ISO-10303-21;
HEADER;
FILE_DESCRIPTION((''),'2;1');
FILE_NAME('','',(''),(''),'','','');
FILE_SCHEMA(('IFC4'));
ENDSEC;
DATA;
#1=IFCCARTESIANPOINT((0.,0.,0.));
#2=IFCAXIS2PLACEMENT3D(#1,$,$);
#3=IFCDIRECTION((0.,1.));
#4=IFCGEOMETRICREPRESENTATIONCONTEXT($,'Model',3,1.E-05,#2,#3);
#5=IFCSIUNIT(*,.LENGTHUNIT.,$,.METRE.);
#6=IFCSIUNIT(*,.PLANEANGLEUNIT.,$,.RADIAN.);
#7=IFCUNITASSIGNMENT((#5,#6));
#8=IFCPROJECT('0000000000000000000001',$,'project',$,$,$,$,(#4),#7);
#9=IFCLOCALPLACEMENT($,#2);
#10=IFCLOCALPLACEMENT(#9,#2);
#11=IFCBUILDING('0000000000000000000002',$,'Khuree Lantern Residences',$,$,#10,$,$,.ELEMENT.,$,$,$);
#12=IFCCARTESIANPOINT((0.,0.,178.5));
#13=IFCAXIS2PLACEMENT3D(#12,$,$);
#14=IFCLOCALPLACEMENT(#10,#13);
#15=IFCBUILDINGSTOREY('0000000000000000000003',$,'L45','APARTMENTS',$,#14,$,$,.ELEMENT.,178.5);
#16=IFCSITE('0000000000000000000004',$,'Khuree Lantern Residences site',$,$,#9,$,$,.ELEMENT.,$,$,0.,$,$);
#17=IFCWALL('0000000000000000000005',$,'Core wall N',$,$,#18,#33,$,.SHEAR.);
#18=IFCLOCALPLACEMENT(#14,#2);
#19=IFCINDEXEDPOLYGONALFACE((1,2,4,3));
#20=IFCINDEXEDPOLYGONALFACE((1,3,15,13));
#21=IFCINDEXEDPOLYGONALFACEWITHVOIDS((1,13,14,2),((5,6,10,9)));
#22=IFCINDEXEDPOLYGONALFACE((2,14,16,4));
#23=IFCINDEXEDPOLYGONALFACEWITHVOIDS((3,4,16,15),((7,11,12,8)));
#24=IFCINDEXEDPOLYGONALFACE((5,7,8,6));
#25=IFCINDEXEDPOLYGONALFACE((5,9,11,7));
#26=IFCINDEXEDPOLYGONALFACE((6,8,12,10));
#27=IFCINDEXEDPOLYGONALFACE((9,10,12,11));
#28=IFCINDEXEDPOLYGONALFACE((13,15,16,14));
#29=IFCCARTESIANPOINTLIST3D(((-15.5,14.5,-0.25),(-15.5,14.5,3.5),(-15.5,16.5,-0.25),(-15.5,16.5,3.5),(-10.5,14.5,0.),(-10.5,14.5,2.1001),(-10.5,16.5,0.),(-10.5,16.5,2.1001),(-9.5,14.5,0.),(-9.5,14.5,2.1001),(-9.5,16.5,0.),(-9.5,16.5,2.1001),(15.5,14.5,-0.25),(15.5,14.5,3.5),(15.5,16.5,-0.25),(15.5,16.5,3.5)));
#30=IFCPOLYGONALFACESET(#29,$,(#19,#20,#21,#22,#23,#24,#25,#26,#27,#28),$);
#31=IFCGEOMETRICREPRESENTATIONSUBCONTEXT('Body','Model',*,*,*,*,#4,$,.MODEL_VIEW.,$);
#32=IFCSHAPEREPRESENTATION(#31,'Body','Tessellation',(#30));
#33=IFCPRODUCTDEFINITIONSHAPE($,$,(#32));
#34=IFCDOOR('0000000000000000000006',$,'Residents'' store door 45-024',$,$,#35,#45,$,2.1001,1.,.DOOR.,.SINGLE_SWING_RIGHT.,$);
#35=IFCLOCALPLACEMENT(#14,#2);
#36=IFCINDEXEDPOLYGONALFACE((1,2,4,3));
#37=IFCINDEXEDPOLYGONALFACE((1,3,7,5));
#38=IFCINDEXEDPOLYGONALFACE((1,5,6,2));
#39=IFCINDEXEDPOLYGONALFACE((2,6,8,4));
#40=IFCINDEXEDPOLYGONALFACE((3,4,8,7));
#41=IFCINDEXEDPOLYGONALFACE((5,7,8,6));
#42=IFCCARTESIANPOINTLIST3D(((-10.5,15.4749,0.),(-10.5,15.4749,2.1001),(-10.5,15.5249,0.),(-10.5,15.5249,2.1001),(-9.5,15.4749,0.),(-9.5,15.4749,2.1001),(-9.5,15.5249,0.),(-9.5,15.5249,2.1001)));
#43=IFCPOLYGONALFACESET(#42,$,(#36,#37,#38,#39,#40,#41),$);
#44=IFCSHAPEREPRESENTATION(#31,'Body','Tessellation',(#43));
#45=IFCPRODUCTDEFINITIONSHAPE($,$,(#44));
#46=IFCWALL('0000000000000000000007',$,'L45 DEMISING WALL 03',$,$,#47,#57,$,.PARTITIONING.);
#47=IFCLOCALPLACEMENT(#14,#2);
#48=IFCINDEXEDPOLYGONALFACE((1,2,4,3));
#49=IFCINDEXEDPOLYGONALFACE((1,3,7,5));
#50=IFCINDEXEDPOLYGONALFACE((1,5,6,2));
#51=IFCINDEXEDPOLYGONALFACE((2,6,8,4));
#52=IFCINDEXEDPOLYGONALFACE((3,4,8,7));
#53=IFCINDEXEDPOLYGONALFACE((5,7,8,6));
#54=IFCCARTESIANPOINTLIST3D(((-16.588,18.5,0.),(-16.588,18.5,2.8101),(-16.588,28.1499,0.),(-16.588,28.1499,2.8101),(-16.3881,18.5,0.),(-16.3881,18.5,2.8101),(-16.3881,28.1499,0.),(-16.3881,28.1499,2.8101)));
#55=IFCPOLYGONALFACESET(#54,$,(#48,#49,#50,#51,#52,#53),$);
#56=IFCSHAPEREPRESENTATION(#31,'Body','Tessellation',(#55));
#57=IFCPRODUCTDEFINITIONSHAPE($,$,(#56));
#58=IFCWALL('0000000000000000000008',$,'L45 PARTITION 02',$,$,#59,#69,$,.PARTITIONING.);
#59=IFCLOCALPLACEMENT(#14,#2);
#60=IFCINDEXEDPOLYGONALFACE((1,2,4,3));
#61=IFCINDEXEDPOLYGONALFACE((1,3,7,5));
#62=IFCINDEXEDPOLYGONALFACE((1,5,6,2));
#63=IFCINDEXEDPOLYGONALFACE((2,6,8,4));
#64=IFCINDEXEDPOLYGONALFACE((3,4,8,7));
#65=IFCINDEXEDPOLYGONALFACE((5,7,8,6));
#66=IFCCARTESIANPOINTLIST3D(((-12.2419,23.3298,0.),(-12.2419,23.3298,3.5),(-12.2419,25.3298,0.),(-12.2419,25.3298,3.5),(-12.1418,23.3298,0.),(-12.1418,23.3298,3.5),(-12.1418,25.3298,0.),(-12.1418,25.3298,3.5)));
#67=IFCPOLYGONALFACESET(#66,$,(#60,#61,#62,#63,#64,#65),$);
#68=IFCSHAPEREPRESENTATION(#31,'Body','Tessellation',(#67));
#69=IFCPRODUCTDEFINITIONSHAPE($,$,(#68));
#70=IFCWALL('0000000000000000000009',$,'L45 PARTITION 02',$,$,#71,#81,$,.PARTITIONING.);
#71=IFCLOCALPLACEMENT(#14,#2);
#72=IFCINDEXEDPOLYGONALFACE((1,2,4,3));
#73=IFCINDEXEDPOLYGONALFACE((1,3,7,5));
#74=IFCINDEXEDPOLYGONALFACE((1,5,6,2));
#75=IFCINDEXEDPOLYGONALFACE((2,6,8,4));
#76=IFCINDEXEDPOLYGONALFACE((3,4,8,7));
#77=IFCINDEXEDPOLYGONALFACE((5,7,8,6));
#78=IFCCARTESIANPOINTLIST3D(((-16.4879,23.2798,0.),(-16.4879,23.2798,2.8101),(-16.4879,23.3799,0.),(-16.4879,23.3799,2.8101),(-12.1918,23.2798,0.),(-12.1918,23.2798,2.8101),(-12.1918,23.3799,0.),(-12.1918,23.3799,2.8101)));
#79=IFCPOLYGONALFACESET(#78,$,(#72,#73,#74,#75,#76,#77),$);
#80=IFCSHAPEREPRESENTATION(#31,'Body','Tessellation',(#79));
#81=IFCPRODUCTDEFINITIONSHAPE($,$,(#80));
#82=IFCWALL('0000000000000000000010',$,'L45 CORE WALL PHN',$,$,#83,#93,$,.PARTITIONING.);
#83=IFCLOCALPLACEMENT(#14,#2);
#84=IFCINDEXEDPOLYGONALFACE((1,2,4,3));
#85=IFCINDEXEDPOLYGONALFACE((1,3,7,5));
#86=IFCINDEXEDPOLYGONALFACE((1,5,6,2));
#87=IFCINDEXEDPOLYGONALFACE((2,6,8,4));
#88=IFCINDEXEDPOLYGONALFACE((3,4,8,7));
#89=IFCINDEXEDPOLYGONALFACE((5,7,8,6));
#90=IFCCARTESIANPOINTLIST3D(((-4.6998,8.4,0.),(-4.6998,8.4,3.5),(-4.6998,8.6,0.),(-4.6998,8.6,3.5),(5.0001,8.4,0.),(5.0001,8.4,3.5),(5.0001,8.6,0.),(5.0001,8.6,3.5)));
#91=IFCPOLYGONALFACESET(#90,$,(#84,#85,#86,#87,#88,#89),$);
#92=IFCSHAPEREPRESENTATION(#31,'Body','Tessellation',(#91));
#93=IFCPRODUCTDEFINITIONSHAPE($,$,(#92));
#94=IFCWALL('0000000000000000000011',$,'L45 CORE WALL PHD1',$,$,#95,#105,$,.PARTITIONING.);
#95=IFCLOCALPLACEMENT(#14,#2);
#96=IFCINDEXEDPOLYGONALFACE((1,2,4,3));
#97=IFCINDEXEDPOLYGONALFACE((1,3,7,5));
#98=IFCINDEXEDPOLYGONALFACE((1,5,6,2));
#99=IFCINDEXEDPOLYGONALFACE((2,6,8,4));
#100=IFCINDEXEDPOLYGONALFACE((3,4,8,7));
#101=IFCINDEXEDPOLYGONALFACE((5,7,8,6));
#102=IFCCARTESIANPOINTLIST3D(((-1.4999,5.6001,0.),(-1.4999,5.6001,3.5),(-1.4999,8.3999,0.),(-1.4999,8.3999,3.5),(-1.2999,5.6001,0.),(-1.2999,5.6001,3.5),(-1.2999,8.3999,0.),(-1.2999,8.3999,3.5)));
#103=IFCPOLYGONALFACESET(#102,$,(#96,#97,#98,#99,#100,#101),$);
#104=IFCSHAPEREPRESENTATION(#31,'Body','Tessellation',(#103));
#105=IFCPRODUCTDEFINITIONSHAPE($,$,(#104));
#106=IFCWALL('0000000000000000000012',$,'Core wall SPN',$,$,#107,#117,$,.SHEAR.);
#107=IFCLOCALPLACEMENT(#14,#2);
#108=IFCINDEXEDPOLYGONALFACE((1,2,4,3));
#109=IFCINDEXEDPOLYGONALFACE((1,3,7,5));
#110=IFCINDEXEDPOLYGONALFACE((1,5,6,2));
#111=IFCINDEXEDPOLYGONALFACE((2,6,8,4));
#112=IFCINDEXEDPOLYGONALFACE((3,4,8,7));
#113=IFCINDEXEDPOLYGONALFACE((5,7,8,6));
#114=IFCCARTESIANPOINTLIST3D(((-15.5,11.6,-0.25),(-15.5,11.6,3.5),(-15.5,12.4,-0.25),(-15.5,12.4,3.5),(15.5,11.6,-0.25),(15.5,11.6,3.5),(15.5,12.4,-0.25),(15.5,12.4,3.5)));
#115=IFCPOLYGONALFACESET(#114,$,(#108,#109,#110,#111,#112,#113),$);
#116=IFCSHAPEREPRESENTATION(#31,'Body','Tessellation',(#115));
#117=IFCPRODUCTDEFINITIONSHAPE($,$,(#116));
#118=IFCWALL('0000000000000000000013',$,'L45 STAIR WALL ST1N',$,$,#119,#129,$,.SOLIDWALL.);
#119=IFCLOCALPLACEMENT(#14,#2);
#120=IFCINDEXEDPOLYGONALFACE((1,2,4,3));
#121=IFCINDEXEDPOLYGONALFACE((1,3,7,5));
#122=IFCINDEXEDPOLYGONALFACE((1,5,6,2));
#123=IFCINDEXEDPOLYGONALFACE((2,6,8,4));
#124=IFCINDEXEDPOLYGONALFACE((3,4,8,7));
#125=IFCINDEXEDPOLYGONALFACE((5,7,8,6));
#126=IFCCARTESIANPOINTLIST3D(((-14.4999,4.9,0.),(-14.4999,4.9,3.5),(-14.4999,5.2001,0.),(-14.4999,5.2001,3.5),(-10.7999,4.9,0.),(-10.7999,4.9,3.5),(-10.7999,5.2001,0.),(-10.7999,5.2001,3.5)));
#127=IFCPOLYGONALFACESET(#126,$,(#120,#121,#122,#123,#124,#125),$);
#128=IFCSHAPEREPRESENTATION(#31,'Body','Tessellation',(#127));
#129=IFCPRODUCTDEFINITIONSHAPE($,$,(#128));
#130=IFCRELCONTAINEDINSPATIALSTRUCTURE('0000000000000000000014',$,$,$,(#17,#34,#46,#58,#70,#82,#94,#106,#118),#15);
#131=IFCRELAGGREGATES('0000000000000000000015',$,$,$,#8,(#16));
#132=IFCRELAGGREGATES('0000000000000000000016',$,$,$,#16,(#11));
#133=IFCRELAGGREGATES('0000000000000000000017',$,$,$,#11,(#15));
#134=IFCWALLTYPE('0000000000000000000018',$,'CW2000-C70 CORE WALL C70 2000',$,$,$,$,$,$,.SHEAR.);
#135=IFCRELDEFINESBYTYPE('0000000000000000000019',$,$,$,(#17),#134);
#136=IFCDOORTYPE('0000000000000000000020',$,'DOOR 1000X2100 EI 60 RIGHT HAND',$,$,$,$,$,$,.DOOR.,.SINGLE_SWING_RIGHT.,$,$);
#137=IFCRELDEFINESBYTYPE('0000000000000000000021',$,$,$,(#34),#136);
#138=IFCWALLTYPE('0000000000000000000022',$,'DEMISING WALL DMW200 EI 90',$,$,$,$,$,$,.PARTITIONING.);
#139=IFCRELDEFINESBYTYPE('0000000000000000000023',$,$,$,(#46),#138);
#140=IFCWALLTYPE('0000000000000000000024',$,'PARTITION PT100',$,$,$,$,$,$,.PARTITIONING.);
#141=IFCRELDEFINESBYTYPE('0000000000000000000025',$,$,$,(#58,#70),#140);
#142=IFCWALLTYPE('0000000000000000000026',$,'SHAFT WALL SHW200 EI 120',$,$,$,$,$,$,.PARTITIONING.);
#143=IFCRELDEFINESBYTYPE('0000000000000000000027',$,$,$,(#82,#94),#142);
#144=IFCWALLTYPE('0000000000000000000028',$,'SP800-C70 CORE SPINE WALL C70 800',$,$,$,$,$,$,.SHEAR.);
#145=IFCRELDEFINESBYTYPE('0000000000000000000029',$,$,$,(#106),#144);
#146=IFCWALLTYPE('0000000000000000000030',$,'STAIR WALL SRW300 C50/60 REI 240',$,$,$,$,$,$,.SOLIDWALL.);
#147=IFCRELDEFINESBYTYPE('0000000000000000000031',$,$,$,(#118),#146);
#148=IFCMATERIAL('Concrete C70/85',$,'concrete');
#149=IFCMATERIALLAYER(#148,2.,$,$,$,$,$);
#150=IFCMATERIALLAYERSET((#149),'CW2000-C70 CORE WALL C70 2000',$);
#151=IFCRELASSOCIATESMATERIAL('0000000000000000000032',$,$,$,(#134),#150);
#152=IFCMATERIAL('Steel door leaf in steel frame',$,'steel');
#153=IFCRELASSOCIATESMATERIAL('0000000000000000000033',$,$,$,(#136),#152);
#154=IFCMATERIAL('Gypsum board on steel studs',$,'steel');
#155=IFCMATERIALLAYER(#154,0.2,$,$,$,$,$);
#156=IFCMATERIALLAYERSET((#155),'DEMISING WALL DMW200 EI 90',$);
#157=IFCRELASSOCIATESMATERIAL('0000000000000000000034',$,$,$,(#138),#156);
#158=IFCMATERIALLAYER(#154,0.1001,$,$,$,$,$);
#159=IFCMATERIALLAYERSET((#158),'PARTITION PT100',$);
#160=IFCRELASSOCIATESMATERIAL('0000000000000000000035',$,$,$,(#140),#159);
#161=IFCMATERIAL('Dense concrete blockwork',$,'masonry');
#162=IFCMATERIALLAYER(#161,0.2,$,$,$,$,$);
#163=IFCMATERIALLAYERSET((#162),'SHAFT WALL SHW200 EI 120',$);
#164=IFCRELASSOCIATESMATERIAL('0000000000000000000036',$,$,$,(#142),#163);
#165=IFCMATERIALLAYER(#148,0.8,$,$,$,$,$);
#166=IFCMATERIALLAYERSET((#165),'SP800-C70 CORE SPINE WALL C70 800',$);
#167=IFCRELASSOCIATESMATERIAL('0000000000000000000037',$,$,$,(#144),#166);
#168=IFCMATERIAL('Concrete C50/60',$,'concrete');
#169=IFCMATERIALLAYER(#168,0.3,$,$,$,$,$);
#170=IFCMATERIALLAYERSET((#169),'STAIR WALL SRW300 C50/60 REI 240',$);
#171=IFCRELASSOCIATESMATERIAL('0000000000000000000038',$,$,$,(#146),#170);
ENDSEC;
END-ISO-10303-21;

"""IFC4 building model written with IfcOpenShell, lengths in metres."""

from ifc_helpers import new_model, si_unit, direction, frame, frame_2d, origin, place, context, subcontext, project, spatial, rectangle, extrude, material, layer, layer_set, type_object, element, fill, save


model = new_model("IFC4")

# Units and contexts
model_context = context("Model", 3, precision=1e-05, world=origin(), true_north=direction((0.0, 1.0)))
body_context = subcontext(model_context, "Body", "Model", "MODEL_VIEW")
ifc_project = project(units=[si_unit("LENGTHUNIT", "METRE"), si_unit("PLANEANGLEUNIT", "RADIAN")], contexts=[model_context])

# Site, building, storey
site_placement = place(None, origin())
site = spatial("IfcSite", under=ifc_project, at=site_placement, Name="Khuree Lantern Residences site", CompositionType="ELEMENT", RefElevation=0.0)
building_placement = place(site_placement, origin())
building = spatial("IfcBuilding", under=site, at=building_placement, Name="Khuree Lantern Residences", CompositionType="ELEMENT")
storey_placement = place(building_placement, frame((0.0, 0.0, 178.5)))
storey = spatial("IfcBuildingStorey", under=building, at=storey_placement, Name="L45", Description="APARTMENTS", CompositionType="ELEMENT", Elevation=178.5)

# Shared definitions
ifc_material_1 = material(Name="Concrete C70/85", Category="concrete")

# Shared definitions
ifc_material_2 = material(Name="Dense concrete blockwork", Category="masonry")

# Shared definitions
ifc_material_3 = material(Name="Steel door leaf in steel frame", Category="steel")

# Shared definitions
ifc_material_4 = material(Name="Gypsum board on steel studs", Category="steel")

# Wall, opening, door
ifc_layer_1 = layer(ifc_material_1, 2.0)
ifc_layer_set_1 = layer_set([ifc_layer_1], Name="CW2000-C70 CORE WALL C70 2000")
wall_type_1 = type_object("IfcWallType", Name="CW2000-C70 CORE WALL C70 2000", PredefinedType="SHEAR", material=ifc_layer_set_1)
wall_1_placement = place(storey_placement, frame((-15.5, 15.5, -0.25), z_axis=(0.0, 0.0, 1.0), x_axis=(1.0, 0.0, 0.0)))
wall_1 = element("IfcWall", 1, at=wall_1_placement, inside=storey, type_object=wall_type_1, Name="Core wall N", PredefinedType="SHEAR", context=body_context, shape_type="SweptSolid", body=[
    extrude(rectangle(XDim=31.0, YDim=2.0, at=frame_2d((15.5, 0.0))), origin(), (0.0, 0.0, 1.0), 3.75),
])
opening_1_placement = place(wall_1_placement, frame((5.0, 0.0, 0.25)))
opening_1 = element("IfcOpeningElement", 2, at=opening_1_placement, cuts=wall_1, PredefinedType="OPENING", context=body_context, shape_type="SweptSolid", body=[
    extrude(rectangle(XDim=1.0, YDim=2.1001, at=frame_2d((0.5, 1.05))), frame((0.0, 1.01, 0.0), z_axis=(0.0, -1.0, 0.0), x_axis=(1.0, 0.0, 0.0)), (0.0, 0.0, 1.0), 2.02),
])
door_type_1 = type_object("IfcDoorType", Name="DOOR 1000X2100 EI 60 RIGHT HAND", OperationType="SINGLE_SWING_RIGHT", PredefinedType="DOOR", material=ifc_material_3)
door_1_placement = place(opening_1_placement, origin())
door_1 = element("IfcDoor", 3, at=door_1_placement, inside=storey, type_object=door_type_1, Name="Residents' store door 45-024", OperationType="SINGLE_SWING_RIGHT", OverallHeight=2.1001, OverallWidth=1.0, PredefinedType="DOOR", context=body_context, shape_type="SweptSolid", body=[
    extrude(rectangle(XDim=1.0, YDim=2.1001, at=frame_2d((0.5, 1.05))), frame((0.0, 0.0249, 0.0), z_axis=(0.0, -1.0, 0.0), x_axis=(1.0, 0.0, 0.0)), (0.0, 0.0, 1.0), 0.05),
])
fill(opening_1, door_1)

# Walls
ifc_layer_2 = layer(ifc_material_4, 0.2)
ifc_layer_set_2 = layer_set([ifc_layer_2], Name="DEMISING WALL DMW200 EI 90")
wall_type_2 = type_object("IfcWallType", Name="DEMISING WALL DMW200 EI 90", PredefinedType="PARTITIONING", material=ifc_layer_set_2)
wall_2_placement = place(storey_placement, frame((-16.488, 18.5, 0.0), z_axis=(0.0, 0.0, 1.0), x_axis=(0.0, 1.0, 0.0)))
element("IfcWall", 4, at=wall_2_placement, inside=storey, type_object=wall_type_2, Name="L45 DEMISING WALL 03", PredefinedType="PARTITIONING", context=body_context, shape_type="SweptSolid", body=[
    extrude(rectangle(XDim=9.6499, YDim=0.2, at=frame_2d((4.825, 0.0))), origin(), (0.0, 0.0, 1.0), 2.8101),
])
ifc_layer_3 = layer(ifc_material_4, 0.1001)
ifc_layer_set_3 = layer_set([ifc_layer_3], Name="PARTITION PT100")
wall_type_3 = type_object("IfcWallType", Name="PARTITION PT100", PredefinedType="PARTITIONING", material=ifc_layer_set_3)
wall_3_placement = place(storey_placement, frame((-12.1919, 23.3298, 0.0), z_axis=(0.0, 0.0, 1.0), x_axis=(0.0, 1.0, 0.0)))
element("IfcWall", 5, at=wall_3_placement, inside=storey, type_object=wall_type_3, Name="L45 PARTITION 02", PredefinedType="PARTITIONING", context=body_context, shape_type="SweptSolid", body=[
    extrude(rectangle(XDim=2.0, YDim=0.1001, at=frame_2d((1.0, 0.0))), origin(), (0.0, 0.0, 1.0), 3.5),
])
wall_4_placement = place(storey_placement, frame((-12.1919, 23.3298, 0.0), z_axis=(0.0, 0.0, 1.0), x_axis=(-1.0, 0.0, 0.0)))
element("IfcWall", 6, at=wall_4_placement, inside=storey, type_object=wall_type_3, Name="L45 PARTITION 02", PredefinedType="PARTITIONING", context=body_context, shape_type="SweptSolid", body=[
    extrude(rectangle(XDim=4.2961, YDim=0.1001, at=frame_2d((2.1479, 0.0))), origin(), (0.0, 0.0, 1.0), 2.8101),
])
ifc_layer_4 = layer(ifc_material_2, 0.2)
ifc_layer_set_4 = layer_set([ifc_layer_4], Name="SHAFT WALL SHW200 EI 120")
wall_type_4 = type_object("IfcWallType", Name="SHAFT WALL SHW200 EI 120", PredefinedType="PARTITIONING", material=ifc_layer_set_4)
wall_5_placement = place(storey_placement, frame((-4.7, 8.5, 0.0), z_axis=(0.0, 0.0, 1.0), x_axis=(1.0, 0.0, 0.0)))
element("IfcWall", 7, at=wall_5_placement, inside=storey, type_object=wall_type_4, Name="L45 CORE WALL PHN", PredefinedType="PARTITIONING", context=body_context, shape_type="SweptSolid", body=[
    extrude(rectangle(XDim=9.7, YDim=0.2, at=frame_2d((4.8501, 0.0))), origin(), (0.0, 0.0, 1.0), 3.5),
])
wall_6_placement = place(storey_placement, frame((-1.3999, 5.6001, 0.0), z_axis=(0.0, 0.0, 1.0), x_axis=(0.0, 1.0, 0.0)))
element("IfcWall", 8, at=wall_6_placement, inside=storey, type_object=wall_type_4, Name="L45 CORE WALL PHD1", PredefinedType="PARTITIONING", context=body_context, shape_type="SweptSolid", body=[
    extrude(rectangle(XDim=2.7998, YDim=0.2, at=frame_2d((1.3999, 0.0))), origin(), (0.0, 0.0, 1.0), 3.5),
])
ifc_layer_5 = layer(ifc_material_1, 0.8)
ifc_layer_set_5 = layer_set([ifc_layer_5], Name="SP800-C70 CORE SPINE WALL C70 800")
wall_type_5 = type_object("IfcWallType", Name="SP800-C70 CORE SPINE WALL C70 800", PredefinedType="SHEAR", material=ifc_layer_set_5)
wall_7_placement = place(storey_placement, frame((-15.5, 12.0, -0.25), z_axis=(0.0, 0.0, 1.0), x_axis=(1.0, 0.0, 0.0)))
element("IfcWall", 9, at=wall_7_placement, inside=storey, type_object=wall_type_5, Name="Core wall SPN", PredefinedType="SHEAR", context=body_context, shape_type="SweptSolid", body=[
    extrude(rectangle(XDim=31.0, YDim=0.8, at=frame_2d((15.5, 0.0))), origin(), (0.0, 0.0, 1.0), 3.75),
])
ifc_material_5 = material(Name="Concrete C50/60", Category="concrete")
ifc_layer_6 = layer(ifc_material_5, 0.3)
ifc_layer_set_6 = layer_set([ifc_layer_6], Name="STAIR WALL SRW300 C50/60 REI 240")
wall_type_6 = type_object("IfcWallType", Name="STAIR WALL SRW300 C50/60 REI 240", PredefinedType="SOLIDWALL", material=ifc_layer_set_6)
wall_8_placement = place(storey_placement, frame((-14.5, 5.05, 0.0), z_axis=(0.0, 0.0, 1.0), x_axis=(1.0, 0.0, 0.0)))
element("IfcWall", 10, at=wall_8_placement, inside=storey, type_object=wall_type_6, Name="L45 STAIR WALL ST1N", PredefinedType="SOLIDWALL", context=body_context, shape_type="SweptSolid", body=[
    extrude(rectangle(XDim=3.7, YDim=0.3, at=frame_2d((1.8501, 0.0))), origin(), (0.0, 0.0, 1.0), 3.5),
])

save(model, "model.ifc")
